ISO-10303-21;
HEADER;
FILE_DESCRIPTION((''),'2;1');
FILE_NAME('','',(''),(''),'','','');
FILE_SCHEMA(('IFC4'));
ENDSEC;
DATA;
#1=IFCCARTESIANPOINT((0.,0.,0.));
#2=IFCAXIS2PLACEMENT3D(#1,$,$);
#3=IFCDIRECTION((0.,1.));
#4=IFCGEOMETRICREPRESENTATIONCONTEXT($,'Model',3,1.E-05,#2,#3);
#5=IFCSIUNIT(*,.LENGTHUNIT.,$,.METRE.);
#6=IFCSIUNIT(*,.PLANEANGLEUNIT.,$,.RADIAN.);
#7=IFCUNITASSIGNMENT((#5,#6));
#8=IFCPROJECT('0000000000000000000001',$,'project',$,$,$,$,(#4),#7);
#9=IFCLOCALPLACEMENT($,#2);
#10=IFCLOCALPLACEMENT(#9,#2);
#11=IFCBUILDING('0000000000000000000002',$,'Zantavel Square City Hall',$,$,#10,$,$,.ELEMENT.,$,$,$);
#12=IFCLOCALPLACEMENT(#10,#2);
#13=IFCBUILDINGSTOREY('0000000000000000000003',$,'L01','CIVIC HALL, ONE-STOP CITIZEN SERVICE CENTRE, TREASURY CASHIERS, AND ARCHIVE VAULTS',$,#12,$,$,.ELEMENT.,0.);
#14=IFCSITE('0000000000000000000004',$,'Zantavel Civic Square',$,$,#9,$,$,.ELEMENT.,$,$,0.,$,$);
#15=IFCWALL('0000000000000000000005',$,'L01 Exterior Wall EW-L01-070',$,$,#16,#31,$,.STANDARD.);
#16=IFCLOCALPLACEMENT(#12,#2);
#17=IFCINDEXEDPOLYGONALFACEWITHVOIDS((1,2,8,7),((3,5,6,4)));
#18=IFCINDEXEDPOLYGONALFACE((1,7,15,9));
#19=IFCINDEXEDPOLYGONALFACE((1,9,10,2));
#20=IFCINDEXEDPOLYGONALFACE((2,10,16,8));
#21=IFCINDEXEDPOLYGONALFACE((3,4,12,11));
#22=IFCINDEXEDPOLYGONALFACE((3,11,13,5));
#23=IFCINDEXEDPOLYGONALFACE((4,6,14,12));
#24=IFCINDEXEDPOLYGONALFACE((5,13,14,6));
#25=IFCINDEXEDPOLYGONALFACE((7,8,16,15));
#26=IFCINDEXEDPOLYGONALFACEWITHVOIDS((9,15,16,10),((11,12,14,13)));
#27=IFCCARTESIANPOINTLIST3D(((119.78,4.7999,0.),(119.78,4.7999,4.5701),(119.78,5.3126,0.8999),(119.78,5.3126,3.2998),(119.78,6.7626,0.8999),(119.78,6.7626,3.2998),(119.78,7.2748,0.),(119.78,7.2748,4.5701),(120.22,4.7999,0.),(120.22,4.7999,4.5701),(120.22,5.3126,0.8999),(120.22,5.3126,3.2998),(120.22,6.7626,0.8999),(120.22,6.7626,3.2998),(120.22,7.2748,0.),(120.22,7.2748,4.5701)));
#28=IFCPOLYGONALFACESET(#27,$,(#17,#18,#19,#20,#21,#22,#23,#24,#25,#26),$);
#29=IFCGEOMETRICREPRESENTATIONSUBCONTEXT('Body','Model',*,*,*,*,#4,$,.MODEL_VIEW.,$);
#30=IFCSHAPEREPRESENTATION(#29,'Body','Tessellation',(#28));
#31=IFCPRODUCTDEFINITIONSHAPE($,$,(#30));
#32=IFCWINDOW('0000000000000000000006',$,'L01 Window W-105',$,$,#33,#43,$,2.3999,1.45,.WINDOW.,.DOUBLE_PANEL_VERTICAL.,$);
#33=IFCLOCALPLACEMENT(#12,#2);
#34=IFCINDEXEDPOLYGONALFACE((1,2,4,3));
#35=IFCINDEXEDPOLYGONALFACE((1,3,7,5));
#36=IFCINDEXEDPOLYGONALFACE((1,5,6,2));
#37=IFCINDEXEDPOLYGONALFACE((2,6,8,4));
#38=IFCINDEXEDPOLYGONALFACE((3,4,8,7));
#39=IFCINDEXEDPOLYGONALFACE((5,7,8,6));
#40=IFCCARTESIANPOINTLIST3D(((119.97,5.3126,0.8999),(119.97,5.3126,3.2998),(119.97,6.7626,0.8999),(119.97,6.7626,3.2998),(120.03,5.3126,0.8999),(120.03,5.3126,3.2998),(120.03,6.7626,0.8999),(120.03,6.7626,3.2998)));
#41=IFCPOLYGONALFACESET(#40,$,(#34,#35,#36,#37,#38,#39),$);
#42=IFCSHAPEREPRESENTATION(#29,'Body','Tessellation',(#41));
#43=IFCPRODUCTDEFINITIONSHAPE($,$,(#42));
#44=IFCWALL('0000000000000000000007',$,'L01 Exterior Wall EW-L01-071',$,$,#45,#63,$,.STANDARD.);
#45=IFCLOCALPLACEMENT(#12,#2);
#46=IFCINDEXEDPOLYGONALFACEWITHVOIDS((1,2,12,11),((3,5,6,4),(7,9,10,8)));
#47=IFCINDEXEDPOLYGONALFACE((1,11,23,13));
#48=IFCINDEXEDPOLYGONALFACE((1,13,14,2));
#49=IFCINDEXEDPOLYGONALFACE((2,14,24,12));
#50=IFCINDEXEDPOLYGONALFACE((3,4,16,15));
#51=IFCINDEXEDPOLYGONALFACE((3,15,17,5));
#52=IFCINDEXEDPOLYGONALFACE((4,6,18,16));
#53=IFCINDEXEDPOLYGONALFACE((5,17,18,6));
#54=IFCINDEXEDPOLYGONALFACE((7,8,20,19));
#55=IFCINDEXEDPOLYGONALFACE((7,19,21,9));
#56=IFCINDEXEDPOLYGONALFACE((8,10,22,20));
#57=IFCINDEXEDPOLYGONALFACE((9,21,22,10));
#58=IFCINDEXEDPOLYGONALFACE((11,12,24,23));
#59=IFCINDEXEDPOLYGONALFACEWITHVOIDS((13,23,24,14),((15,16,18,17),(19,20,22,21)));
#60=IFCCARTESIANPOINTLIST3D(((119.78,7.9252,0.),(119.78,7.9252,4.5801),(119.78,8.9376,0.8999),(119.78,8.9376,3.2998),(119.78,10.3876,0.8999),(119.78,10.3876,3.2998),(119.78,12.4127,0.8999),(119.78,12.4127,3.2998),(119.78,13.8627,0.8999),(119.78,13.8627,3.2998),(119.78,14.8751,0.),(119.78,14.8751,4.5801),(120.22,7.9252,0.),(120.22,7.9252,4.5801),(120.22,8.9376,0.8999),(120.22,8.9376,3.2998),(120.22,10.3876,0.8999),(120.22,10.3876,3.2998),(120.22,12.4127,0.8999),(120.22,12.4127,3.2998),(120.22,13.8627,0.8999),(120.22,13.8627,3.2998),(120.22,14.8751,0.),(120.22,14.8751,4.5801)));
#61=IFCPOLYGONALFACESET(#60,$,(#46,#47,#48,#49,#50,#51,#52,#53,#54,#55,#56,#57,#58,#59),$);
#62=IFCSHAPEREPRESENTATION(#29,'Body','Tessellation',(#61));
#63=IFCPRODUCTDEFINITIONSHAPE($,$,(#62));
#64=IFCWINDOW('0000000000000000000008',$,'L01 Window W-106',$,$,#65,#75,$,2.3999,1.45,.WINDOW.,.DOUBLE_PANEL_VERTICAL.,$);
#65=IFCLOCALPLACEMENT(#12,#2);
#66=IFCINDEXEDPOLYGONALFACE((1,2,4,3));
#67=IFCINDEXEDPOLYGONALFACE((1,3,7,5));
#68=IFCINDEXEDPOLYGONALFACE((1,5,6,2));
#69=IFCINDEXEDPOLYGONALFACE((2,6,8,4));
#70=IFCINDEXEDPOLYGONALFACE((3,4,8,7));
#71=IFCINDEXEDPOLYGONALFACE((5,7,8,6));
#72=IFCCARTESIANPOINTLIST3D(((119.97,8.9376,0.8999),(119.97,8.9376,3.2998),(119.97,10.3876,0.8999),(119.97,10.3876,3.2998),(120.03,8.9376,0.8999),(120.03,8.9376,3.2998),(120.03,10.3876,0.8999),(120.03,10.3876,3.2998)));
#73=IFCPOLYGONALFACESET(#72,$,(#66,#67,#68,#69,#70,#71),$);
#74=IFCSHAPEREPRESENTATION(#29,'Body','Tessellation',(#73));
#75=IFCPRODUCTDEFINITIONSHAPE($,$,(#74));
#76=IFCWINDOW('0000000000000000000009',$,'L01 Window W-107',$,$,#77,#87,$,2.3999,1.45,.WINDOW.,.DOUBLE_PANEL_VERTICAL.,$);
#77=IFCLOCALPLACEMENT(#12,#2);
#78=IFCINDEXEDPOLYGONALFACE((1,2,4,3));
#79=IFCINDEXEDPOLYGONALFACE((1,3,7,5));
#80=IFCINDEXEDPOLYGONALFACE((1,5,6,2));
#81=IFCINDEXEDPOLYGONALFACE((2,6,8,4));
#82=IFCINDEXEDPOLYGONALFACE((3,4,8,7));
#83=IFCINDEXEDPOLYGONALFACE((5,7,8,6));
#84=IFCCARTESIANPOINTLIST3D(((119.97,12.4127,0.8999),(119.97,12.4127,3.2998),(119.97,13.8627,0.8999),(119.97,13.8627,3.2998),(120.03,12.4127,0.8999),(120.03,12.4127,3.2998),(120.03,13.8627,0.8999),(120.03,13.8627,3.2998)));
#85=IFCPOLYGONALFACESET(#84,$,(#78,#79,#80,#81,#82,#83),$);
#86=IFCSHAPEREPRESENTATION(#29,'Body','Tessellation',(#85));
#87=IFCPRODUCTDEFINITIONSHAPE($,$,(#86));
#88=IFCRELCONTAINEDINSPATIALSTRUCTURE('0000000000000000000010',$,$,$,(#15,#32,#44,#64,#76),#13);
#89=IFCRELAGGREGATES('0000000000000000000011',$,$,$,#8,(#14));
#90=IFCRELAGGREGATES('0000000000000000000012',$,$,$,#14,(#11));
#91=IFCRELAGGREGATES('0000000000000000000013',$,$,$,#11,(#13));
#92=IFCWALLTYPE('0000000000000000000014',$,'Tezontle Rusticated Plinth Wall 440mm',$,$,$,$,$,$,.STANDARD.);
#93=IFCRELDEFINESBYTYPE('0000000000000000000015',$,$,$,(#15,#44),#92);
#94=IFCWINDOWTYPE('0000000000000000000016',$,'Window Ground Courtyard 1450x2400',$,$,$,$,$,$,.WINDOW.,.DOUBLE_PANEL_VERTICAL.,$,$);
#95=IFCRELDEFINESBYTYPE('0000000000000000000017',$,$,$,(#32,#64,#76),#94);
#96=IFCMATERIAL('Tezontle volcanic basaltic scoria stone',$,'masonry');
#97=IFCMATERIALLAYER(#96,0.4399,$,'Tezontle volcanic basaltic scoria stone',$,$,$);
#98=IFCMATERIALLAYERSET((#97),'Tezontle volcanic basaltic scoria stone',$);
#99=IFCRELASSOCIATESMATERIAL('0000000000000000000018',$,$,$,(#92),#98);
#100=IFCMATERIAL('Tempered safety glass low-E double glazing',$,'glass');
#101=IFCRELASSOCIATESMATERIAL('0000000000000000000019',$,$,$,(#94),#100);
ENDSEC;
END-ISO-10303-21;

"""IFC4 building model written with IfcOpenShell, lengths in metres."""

from ifc_helpers import new_model, si_unit, direction, frame, frame_2d, origin, place, context, subcontext, project, spatial, rectangle, extrude, material, layer, layer_set, type_object, element, fill, save


model = new_model("IFC4")

# Units and contexts
model_context = context("Model", 3, precision=1e-05, world=origin(), true_north=direction((0.0, 1.0)))
body_context = subcontext(model_context, "Body", "Model", "MODEL_VIEW")
ifc_project = project(units=[si_unit("LENGTHUNIT", "METRE"), si_unit("PLANEANGLEUNIT", "RADIAN")], contexts=[model_context])

# Site, building, storey
site_placement = place(None, origin())
site = spatial("IfcSite", under=ifc_project, at=site_placement, Name="Zantavel Civic Square", CompositionType="ELEMENT", RefElevation=0.0)
building_placement = place(site_placement, origin())
building = spatial("IfcBuilding", under=site, at=building_placement, Name="Zantavel Square City Hall", CompositionType="ELEMENT")
storey_placement = place(building_placement, origin())
storey = spatial("IfcBuildingStorey", under=building, at=storey_placement, Name="L01", Description="CIVIC HALL, ONE-STOP CITIZEN SERVICE CENTRE, TREASURY CASHIERS, AND ARCHIVE VAULTS", CompositionType="ELEMENT", Elevation=0.0)

# Shared definitions
ifc_material_1 = material(Name="Tezontle volcanic basaltic scoria stone", Category="masonry")
ifc_layer_1 = layer(ifc_material_1, 0.4399, Name="Tezontle volcanic basaltic scoria stone")
ifc_layer_set_1 = layer_set([ifc_layer_1], Name="Tezontle volcanic basaltic scoria stone")
wall_type_1 = type_object("IfcWallType", Name="Tezontle Rusticated Plinth Wall 440mm", PredefinedType="STANDARD", material=ifc_layer_set_1)
ifc_material_2 = material(Name="Tempered safety glass low-E double glazing", Category="glass")

# Wall, opening, window
wall_1_placement = place(storey_placement, frame((120.0, 4.8, 0.0), z_axis=(0.0, 0.0, 1.0), x_axis=(0.0, 1.0, 0.0)))
wall_1 = element("IfcWall", 1, at=wall_1_placement, inside=storey, type_object=wall_type_1, Name="L01 Exterior Wall EW-L01-070", PredefinedType="STANDARD", context=body_context, shape_type="SweptSolid", body=[
    extrude(rectangle(XDim=2.4749, YDim=0.4399, at=frame_2d((1.2373, 0.0))), origin(), (0.0, 0.0, 1.0), 4.5701),
])
opening_1_placement = place(wall_1_placement, frame((0.5125, 0.0, 0.8999)))
opening_1 = element("IfcOpeningElement", 2, at=opening_1_placement, cuts=wall_1, PredefinedType="OPENING", context=body_context, shape_type="SweptSolid", body=[
    extrude(rectangle(XDim=1.45, YDim=2.3999, at=frame_2d((0.7251, 1.2))), frame((0.0, 0.23, 0.0), z_axis=(0.0, -1.0, 0.0), x_axis=(1.0, 0.0, 0.0)), (0.0, 0.0, 1.0), 0.46),
])
window_type_1 = type_object("IfcWindowType", Name="Window Ground Courtyard 1450x2400", PartitioningType="DOUBLE_PANEL_VERTICAL", PredefinedType="WINDOW", material=ifc_material_2)
window_1_placement = place(opening_1_placement, origin())
window_1 = element("IfcWindow", 3, at=window_1_placement, inside=storey, type_object=window_type_1, Name="L01 Window W-105", OverallHeight=2.3999, OverallWidth=1.45, PartitioningType="DOUBLE_PANEL_VERTICAL", PredefinedType="WINDOW", context=body_context, shape_type="SweptSolid", body=[
    extrude(rectangle(XDim=1.45, YDim=2.3999, at=frame_2d((0.7251, 1.2))), frame((0.0, 0.03, 0.0), z_axis=(0.0, -1.0, 0.0), x_axis=(1.0, 0.0, 0.0)), (0.0, 0.0, 1.0), 0.0601),
])
fill(opening_1, window_1)

# Wall, openings, windows
wall_2_placement = place(storey_placement, frame((120.0, 7.925, 0.0), z_axis=(0.0, 0.0, 1.0), x_axis=(0.0, 1.0, 0.0)))
wall_2 = element("IfcWall", 4, at=wall_2_placement, inside=storey, type_object=wall_type_1, Name="L01 Exterior Wall EW-L01-071", PredefinedType="STANDARD", context=body_context, shape_type="SweptSolid", body=[
    extrude(rectangle(XDim=6.95, YDim=0.4399, at=frame_2d((3.4751, 0.0))), origin(), (0.0, 0.0, 1.0), 4.5801),
])
opening_2_placement = place(wall_2_placement, frame((1.0125, 0.0, 0.8999)))
opening_2 = element("IfcOpeningElement", 5, at=opening_2_placement, cuts=wall_2, PredefinedType="OPENING", context=body_context, shape_type="SweptSolid", body=[
    extrude(rectangle(XDim=1.45, YDim=2.3999, at=frame_2d((0.7251, 1.2))), frame((0.0, 0.23, 0.0), z_axis=(0.0, -1.0, 0.0), x_axis=(1.0, 0.0, 0.0)), (0.0, 0.0, 1.0), 0.46),
])
opening_3_placement = place(wall_2_placement, frame((4.4875, 0.0, 0.8999)))
opening_3 = element("IfcOpeningElement", 6, at=opening_3_placement, cuts=wall_2, PredefinedType="OPENING", context=body_context, shape_type="SweptSolid", body=[
    extrude(rectangle(XDim=1.45, YDim=2.3999, at=frame_2d((0.7251, 1.2))), frame((0.0, 0.23, 0.0), z_axis=(0.0, -1.0, 0.0), x_axis=(1.0, 0.0, 0.0)), (0.0, 0.0, 1.0), 0.46),
])
window_2_placement = place(opening_2_placement, origin())
window_2 = element("IfcWindow", 7, at=window_2_placement, inside=storey, type_object=window_type_1, Name="L01 Window W-106", OverallHeight=2.3999, OverallWidth=1.45, PartitioningType="DOUBLE_PANEL_VERTICAL", PredefinedType="WINDOW", context=body_context, shape_type="SweptSolid", body=[
    extrude(rectangle(XDim=1.45, YDim=2.3999, at=frame_2d((0.7251, 1.2))), frame((0.0, 0.03, 0.0), z_axis=(0.0, -1.0, 0.0), x_axis=(1.0, 0.0, 0.0)), (0.0, 0.0, 1.0), 0.0601),
])
fill(opening_2, window_2)
window_3_placement = place(opening_3_placement, origin())
window_3 = element("IfcWindow", 8, at=window_3_placement, inside=storey, type_object=window_type_1, Name="L01 Window W-107", OverallHeight=2.3999, OverallWidth=1.45, PartitioningType="DOUBLE_PANEL_VERTICAL", PredefinedType="WINDOW", context=body_context, shape_type="SweptSolid", body=[
    extrude(rectangle(XDim=1.45, YDim=2.3999, at=frame_2d((0.7251, 1.2))), frame((0.0, 0.03, 0.0), z_axis=(0.0, -1.0, 0.0), x_axis=(1.0, 0.0, 0.0)), (0.0, 0.0, 1.0), 0.0601),
])
fill(opening_3, window_3)

save(model, "model.ifc")
